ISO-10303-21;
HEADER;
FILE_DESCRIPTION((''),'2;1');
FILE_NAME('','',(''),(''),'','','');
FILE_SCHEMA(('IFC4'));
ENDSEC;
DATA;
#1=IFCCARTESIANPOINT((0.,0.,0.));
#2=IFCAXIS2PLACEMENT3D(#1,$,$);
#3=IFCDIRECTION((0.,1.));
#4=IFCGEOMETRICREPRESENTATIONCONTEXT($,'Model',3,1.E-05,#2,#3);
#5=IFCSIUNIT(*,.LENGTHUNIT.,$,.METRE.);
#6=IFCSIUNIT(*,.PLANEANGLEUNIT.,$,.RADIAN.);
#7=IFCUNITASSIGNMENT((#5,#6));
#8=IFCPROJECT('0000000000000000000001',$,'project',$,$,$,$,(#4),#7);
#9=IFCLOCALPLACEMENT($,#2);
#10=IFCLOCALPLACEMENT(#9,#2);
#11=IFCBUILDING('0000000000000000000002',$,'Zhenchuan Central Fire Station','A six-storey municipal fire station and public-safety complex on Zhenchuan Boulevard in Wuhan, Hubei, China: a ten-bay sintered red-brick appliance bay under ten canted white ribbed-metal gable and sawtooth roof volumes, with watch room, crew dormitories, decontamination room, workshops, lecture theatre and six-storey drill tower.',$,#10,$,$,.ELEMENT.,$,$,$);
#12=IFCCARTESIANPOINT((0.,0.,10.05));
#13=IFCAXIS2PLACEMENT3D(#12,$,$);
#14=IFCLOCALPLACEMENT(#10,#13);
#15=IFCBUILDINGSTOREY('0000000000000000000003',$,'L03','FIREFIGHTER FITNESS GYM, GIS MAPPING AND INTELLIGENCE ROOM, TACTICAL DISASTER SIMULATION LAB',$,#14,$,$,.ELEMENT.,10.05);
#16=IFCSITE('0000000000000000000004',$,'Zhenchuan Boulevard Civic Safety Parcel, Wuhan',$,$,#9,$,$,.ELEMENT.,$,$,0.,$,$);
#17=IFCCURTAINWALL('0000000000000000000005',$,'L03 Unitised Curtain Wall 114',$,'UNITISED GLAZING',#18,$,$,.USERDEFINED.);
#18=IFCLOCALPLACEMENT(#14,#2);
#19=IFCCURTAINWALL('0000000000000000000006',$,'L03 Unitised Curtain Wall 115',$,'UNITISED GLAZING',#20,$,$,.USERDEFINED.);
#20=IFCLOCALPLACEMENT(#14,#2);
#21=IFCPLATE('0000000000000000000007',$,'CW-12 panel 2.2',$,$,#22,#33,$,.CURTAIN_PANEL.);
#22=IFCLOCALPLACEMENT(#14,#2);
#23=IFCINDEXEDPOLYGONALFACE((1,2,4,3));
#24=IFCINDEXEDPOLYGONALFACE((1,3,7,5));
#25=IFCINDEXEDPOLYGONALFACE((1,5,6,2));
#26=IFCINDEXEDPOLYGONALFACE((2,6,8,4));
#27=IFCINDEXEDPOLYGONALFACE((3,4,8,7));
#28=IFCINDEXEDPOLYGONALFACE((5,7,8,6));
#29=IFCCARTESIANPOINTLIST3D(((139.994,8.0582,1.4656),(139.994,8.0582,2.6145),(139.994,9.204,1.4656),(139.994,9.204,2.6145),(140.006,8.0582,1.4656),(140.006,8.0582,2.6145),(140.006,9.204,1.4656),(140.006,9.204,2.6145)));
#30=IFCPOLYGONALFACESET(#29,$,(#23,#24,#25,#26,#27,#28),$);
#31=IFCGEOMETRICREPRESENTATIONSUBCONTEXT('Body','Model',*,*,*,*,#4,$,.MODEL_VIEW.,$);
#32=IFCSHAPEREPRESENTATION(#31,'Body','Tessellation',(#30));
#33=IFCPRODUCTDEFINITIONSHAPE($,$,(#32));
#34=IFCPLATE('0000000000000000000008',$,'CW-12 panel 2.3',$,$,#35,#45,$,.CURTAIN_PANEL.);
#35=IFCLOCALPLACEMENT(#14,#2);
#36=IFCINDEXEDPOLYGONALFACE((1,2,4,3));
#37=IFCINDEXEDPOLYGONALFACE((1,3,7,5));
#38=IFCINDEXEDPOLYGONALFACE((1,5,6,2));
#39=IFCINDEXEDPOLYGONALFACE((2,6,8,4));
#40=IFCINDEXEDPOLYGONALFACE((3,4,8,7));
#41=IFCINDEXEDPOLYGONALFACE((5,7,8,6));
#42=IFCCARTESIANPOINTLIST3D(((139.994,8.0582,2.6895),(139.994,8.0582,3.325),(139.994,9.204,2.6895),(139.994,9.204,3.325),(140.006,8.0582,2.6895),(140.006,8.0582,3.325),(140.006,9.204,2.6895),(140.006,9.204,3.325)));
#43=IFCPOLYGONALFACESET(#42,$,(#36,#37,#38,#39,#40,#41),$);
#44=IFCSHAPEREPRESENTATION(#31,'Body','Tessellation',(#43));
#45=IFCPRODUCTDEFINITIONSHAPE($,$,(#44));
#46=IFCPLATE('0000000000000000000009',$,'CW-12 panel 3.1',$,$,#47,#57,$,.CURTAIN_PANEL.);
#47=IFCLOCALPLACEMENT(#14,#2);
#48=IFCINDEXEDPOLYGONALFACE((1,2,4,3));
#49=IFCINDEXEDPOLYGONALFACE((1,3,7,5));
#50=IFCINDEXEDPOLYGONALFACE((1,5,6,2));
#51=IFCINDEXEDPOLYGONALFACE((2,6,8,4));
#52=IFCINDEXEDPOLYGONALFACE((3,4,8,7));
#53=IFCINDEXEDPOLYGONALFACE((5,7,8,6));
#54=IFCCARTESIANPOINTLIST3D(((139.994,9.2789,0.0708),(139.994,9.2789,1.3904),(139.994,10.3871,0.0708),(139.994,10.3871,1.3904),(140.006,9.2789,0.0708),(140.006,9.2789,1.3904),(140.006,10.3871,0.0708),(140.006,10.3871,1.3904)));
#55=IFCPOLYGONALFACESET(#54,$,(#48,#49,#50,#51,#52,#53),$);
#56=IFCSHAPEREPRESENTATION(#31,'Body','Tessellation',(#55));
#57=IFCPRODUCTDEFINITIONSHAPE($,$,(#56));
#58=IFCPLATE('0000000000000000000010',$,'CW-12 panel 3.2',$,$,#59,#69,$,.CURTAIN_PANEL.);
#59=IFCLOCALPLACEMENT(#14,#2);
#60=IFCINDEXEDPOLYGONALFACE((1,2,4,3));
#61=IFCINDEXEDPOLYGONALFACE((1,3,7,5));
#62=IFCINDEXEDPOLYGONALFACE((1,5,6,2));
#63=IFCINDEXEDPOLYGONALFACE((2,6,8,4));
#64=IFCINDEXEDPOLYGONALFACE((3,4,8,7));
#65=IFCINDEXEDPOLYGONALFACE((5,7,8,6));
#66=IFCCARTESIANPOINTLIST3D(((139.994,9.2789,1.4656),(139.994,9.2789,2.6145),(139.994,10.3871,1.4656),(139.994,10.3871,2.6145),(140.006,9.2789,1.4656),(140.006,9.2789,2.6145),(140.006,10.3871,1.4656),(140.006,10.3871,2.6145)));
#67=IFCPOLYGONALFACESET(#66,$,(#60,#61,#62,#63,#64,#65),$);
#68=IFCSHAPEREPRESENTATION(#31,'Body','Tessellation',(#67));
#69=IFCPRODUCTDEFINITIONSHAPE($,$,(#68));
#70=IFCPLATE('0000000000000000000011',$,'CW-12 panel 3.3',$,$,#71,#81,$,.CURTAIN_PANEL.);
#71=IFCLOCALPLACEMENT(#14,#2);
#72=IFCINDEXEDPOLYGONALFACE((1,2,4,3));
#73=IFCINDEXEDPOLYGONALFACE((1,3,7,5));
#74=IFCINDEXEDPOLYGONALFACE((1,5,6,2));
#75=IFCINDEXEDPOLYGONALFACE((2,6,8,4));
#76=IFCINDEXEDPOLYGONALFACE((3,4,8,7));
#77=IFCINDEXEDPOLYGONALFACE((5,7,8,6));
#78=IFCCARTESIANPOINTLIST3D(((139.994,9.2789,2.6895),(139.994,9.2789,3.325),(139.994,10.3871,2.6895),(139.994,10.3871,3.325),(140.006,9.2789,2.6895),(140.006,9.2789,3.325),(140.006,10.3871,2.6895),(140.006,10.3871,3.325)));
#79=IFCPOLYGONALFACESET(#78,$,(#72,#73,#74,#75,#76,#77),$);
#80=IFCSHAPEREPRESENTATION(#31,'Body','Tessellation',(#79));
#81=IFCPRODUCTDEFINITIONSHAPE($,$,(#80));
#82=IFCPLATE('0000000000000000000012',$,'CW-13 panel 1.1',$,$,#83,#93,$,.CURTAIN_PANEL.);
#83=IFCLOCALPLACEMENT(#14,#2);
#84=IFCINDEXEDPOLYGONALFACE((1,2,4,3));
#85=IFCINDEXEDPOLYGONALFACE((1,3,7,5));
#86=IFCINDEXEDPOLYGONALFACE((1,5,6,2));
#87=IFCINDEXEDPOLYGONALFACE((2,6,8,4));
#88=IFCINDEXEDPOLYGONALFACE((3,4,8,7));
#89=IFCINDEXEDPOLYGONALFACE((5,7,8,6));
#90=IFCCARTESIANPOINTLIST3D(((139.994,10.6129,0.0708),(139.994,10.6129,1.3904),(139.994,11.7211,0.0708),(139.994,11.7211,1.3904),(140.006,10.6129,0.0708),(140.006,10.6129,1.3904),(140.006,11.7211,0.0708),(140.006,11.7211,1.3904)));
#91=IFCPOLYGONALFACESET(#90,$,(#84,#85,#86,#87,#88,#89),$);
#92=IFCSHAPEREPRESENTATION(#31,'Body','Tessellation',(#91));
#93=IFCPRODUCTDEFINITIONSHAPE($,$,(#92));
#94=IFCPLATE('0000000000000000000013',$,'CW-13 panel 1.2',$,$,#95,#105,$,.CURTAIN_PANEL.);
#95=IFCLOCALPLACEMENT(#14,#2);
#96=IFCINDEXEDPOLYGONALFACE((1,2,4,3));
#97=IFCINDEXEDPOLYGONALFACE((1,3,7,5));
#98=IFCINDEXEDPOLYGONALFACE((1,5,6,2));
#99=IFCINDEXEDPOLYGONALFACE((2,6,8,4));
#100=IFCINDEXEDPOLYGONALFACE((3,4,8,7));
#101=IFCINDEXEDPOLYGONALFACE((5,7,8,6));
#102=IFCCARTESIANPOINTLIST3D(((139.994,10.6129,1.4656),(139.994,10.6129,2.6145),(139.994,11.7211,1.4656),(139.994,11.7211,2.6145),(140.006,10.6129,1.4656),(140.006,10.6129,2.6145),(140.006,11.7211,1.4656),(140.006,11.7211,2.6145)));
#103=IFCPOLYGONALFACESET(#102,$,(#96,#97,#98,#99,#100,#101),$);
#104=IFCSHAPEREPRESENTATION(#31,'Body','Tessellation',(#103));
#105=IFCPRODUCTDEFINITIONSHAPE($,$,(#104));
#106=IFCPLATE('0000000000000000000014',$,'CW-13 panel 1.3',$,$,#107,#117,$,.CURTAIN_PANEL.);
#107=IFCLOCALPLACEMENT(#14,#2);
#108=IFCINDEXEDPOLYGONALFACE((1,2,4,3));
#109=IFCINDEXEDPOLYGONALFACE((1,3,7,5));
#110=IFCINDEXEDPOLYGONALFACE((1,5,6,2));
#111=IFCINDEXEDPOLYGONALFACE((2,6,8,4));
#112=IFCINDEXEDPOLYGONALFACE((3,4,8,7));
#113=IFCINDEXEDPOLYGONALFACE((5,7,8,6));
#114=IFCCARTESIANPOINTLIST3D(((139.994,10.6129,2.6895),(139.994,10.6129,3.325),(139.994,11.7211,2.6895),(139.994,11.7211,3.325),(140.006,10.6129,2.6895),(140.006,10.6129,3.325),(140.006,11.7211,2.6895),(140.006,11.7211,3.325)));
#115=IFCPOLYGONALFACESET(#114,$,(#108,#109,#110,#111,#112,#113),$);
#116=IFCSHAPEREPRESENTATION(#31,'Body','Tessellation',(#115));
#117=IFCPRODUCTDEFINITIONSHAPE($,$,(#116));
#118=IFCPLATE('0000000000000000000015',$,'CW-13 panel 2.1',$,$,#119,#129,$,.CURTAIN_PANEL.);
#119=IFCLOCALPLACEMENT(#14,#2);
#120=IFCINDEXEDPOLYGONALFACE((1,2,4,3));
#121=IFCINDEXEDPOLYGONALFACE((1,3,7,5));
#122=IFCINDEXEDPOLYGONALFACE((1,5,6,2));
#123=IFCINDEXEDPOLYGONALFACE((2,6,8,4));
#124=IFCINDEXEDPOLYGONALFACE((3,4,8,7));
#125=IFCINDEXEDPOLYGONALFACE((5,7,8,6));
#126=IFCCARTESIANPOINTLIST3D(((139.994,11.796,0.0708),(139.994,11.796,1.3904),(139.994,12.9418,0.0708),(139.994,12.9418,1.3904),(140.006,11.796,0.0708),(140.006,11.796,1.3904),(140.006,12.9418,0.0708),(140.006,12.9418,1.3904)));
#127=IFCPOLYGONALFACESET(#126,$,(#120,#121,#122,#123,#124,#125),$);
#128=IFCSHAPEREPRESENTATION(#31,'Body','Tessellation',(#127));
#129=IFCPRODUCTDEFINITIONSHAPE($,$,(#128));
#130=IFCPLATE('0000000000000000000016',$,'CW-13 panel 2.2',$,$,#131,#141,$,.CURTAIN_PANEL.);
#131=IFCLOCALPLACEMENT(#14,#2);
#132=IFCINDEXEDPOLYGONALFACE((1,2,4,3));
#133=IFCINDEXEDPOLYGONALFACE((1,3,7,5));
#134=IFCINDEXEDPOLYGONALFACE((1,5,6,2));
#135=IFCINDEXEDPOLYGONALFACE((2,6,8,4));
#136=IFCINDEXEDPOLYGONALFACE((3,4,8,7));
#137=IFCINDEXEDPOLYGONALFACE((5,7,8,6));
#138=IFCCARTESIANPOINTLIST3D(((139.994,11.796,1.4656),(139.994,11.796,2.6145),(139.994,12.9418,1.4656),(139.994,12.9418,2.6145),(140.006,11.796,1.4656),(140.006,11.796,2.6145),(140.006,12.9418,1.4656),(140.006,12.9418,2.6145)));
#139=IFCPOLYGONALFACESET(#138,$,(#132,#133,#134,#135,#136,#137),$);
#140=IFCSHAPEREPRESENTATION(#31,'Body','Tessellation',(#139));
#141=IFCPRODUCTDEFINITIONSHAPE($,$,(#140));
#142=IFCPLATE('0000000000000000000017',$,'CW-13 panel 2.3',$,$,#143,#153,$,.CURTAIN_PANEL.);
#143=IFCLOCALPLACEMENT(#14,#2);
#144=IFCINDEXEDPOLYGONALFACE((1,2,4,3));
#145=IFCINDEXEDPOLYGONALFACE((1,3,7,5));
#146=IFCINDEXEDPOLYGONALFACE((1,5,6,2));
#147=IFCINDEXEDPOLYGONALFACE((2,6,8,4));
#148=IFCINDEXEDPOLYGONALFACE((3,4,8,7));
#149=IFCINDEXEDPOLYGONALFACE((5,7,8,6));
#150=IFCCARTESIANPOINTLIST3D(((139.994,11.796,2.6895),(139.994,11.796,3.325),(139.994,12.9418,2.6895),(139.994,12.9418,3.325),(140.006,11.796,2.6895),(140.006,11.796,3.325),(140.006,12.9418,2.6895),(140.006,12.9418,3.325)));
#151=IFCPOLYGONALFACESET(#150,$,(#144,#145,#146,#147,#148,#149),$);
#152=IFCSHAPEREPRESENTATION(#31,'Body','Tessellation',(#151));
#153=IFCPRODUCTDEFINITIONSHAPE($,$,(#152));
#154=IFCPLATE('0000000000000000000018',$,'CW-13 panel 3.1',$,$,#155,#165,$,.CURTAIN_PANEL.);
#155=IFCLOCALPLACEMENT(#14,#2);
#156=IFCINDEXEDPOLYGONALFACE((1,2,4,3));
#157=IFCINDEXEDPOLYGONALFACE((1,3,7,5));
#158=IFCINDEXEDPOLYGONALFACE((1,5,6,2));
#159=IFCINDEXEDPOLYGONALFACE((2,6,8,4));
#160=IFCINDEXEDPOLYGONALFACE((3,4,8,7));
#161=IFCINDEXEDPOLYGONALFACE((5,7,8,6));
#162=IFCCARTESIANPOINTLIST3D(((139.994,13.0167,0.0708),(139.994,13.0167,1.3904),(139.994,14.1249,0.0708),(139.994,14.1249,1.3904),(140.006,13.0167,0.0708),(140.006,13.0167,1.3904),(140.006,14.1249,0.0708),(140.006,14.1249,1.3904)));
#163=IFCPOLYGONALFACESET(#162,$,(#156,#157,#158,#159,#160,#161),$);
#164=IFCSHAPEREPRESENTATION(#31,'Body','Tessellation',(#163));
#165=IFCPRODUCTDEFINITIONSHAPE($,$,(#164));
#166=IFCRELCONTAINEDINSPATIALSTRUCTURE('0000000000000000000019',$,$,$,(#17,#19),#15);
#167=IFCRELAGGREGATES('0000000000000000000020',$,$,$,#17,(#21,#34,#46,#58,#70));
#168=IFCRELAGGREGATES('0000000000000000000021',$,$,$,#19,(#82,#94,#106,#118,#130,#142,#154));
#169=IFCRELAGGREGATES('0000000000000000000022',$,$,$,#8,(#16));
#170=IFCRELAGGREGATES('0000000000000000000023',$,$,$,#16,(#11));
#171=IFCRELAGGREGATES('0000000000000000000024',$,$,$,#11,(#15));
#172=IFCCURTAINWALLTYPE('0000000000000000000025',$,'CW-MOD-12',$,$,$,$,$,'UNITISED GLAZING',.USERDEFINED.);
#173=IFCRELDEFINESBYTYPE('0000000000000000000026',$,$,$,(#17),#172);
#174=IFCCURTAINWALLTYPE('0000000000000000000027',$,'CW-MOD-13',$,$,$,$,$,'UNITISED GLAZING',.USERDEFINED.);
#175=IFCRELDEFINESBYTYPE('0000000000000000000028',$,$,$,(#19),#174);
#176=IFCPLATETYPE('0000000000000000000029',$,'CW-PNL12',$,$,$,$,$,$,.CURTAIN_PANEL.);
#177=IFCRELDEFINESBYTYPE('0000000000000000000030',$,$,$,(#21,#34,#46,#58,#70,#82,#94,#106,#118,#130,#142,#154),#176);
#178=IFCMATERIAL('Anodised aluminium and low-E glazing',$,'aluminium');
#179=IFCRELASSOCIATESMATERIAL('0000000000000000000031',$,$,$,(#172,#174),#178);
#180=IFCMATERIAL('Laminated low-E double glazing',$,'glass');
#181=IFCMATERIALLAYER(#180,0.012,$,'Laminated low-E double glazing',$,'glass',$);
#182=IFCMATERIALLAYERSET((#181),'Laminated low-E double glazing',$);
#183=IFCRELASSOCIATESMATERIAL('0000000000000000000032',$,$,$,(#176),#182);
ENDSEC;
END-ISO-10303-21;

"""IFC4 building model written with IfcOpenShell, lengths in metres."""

from ifc_helpers import new_model, si_unit, direction, frame, origin, origin_2d, place, context, subcontext, project, spatial, rectangle, extrude, material, layer, layer_set, type_object, element, aggregate, save


model = new_model("IFC4")

# Units and contexts
model_context = context("Model", 3, precision=1e-05, world=origin(), true_north=direction((0.0, 1.0)))
body_context = subcontext(model_context, "Body", "Model", "MODEL_VIEW")
ifc_project = project(units=[si_unit("LENGTHUNIT", "METRE"), si_unit("PLANEANGLEUNIT", "RADIAN")], contexts=[model_context])

# Site, building, storey
site_placement = place(None, origin())
site = spatial("IfcSite", under=ifc_project, at=site_placement, Name="Zhenchuan Boulevard Civic Safety Parcel, Wuhan", CompositionType="ELEMENT", RefElevation=0.0)
building_placement = place(site_placement, origin())
building = spatial("IfcBuilding", under=site, at=building_placement, Name="Zhenchuan Central Fire Station", Description="A six-storey municipal fire station and public-safety complex on Zhenchuan Boulevard in Wuhan, Hubei, China: a ten-bay sintered red-brick appliance bay under ten canted white ribbed-metal gable and sawtooth roof volumes, with watch room, crew dormitories, decontamination room, workshops, lecture theatre and six-storey drill tower.", CompositionType="ELEMENT")
storey_placement = place(building_placement, frame((0.0, 0.0, 10.05)))
storey = spatial("IfcBuildingStorey", under=building, at=storey_placement, Name="L03", Description="FIREFIGHTER FITNESS GYM, GIS MAPPING AND INTELLIGENCE ROOM, TACTICAL DISASTER SIMULATION LAB", CompositionType="ELEMENT", Elevation=10.05)

# Curtain walls
ifc_material_1 = material(Name="Anodised aluminium and low-E glazing", Category="aluminium")
curtain_wall_type_1 = type_object("IfcCurtainWallType", Name="CW-MOD-12", ElementType="UNITISED GLAZING", PredefinedType="USERDEFINED", material=ifc_material_1)
curtain_wall_1_placement = place(storey_placement, origin())
curtain_wall_1 = element("IfcCurtainWall", 1, at=curtain_wall_1_placement, inside=storey, type_object=curtain_wall_type_1, Name="L03 Unitised Curtain Wall 114", ObjectType="UNITISED GLAZING", PredefinedType="USERDEFINED")
curtain_wall_type_2 = type_object("IfcCurtainWallType", Name="CW-MOD-13", ElementType="UNITISED GLAZING", PredefinedType="USERDEFINED", material=ifc_material_1)
curtain_wall_2_placement = place(storey_placement, origin())
curtain_wall_2 = element("IfcCurtainWall", 2, at=curtain_wall_2_placement, inside=storey, type_object=curtain_wall_type_2, Name="L03 Unitised Curtain Wall 115", ObjectType="UNITISED GLAZING", PredefinedType="USERDEFINED")

# Plates
ifc_material_2 = material(Name="Laminated low-E double glazing", Category="glass")
ifc_layer = layer(ifc_material_2, 0.012, Name="Laminated low-E double glazing", Category="glass")
ifc_layer_set = layer_set([ifc_layer], Name="Laminated low-E double glazing")
plate_type = type_object("IfcPlateType", Name="CW-PNL12", PredefinedType="CURTAIN_PANEL", material=ifc_layer_set)
plate_1_placement = place(storey_placement, frame((140.0, 8.6311, 1.4656), z_axis=(0.0, 0.0, 1.0), x_axis=(0.0, 1.0, 0.0)))
plate_1 = element("IfcPlate", 3, at=plate_1_placement, type_object=plate_type, Name="CW-12 panel 2.2", PredefinedType="CURTAIN_PANEL", context=body_context, shape_type="SweptSolid", body=[
    extrude(rectangle(XDim=1.1458, YDim=0.012, at=origin_2d()), origin(), (0.0, 0.0, 1.0), 1.1489),
])
plate_2_placement = place(storey_placement, frame((140.0, 8.6311, 2.6895), z_axis=(0.0, 0.0, 1.0), x_axis=(0.0, 1.0, 0.0)))
plate_2 = element("IfcPlate", 4, at=plate_2_placement, type_object=plate_type, Name="CW-12 panel 2.3", PredefinedType="CURTAIN_PANEL", context=body_context, shape_type="SweptSolid", body=[
    extrude(rectangle(XDim=1.1458, YDim=0.012, at=origin_2d()), origin(), (0.0, 0.0, 1.0), 0.6355),
])
plate_3_placement = place(storey_placement, frame((140.0, 9.833, 0.0708), z_axis=(0.0, 0.0, 1.0), x_axis=(0.0, 1.0, 0.0)))
plate_3 = element("IfcPlate", 5, at=plate_3_placement, type_object=plate_type, Name="CW-12 panel 3.1", PredefinedType="CURTAIN_PANEL", context=body_context, shape_type="SweptSolid", body=[
    extrude(rectangle(XDim=1.1082, YDim=0.012, at=origin_2d()), origin(), (0.0, 0.0, 1.0), 1.3196),
])
plate_4_placement = place(storey_placement, frame((140.0, 9.833, 1.4656), z_axis=(0.0, 0.0, 1.0), x_axis=(0.0, 1.0, 0.0)))
plate_4 = element("IfcPlate", 6, at=plate_4_placement, type_object=plate_type, Name="CW-12 panel 3.2", PredefinedType="CURTAIN_PANEL", context=body_context, shape_type="SweptSolid", body=[
    extrude(rectangle(XDim=1.1082, YDim=0.012, at=origin_2d()), origin(), (0.0, 0.0, 1.0), 1.1489),
])
plate_5_placement = place(storey_placement, frame((140.0, 9.833, 2.6895), z_axis=(0.0, 0.0, 1.0), x_axis=(0.0, 1.0, 0.0)))
plate_5 = element("IfcPlate", 7, at=plate_5_placement, type_object=plate_type, Name="CW-12 panel 3.3", PredefinedType="CURTAIN_PANEL", context=body_context, shape_type="SweptSolid", body=[
    extrude(rectangle(XDim=1.1082, YDim=0.012, at=origin_2d()), origin(), (0.0, 0.0, 1.0), 0.6355),
])
aggregate(curtain_wall_1, [plate_1, plate_2, plate_3, plate_4, plate_5])
plate_6_placement = place(storey_placement, frame((140.0, 11.167, 0.0708), z_axis=(0.0, 0.0, 1.0), x_axis=(0.0, 1.0, 0.0)))
plate_6 = element("IfcPlate", 8, at=plate_6_placement, type_object=plate_type, Name="CW-13 panel 1.1", PredefinedType="CURTAIN_PANEL", context=body_context, shape_type="SweptSolid", body=[
    extrude(rectangle(XDim=1.1082, YDim=0.012, at=origin_2d()), origin(), (0.0, 0.0, 1.0), 1.3196),
])
plate_7_placement = place(storey_placement, frame((140.0, 11.167, 1.4656), z_axis=(0.0, 0.0, 1.0), x_axis=(0.0, 1.0, 0.0)))
plate_7 = element("IfcPlate", 9, at=plate_7_placement, type_object=plate_type, Name="CW-13 panel 1.2", PredefinedType="CURTAIN_PANEL", context=body_context, shape_type="SweptSolid", body=[
    extrude(rectangle(XDim=1.1082, YDim=0.012, at=origin_2d()), origin(), (0.0, 0.0, 1.0), 1.1489),
])
plate_8_placement = place(storey_placement, frame((140.0, 11.167, 2.6895), z_axis=(0.0, 0.0, 1.0), x_axis=(0.0, 1.0, 0.0)))
plate_8 = element("IfcPlate", 10, at=plate_8_placement, type_object=plate_type, Name="CW-13 panel 1.3", PredefinedType="CURTAIN_PANEL", context=body_context, shape_type="SweptSolid", body=[
    extrude(rectangle(XDim=1.1082, YDim=0.012, at=origin_2d()), origin(), (0.0, 0.0, 1.0), 0.6355),
])
plate_9_placement = place(storey_placement, frame((140.0, 12.3689, 0.0708), z_axis=(0.0, 0.0, 1.0), x_axis=(0.0, 1.0, 0.0)))
plate_9 = element("IfcPlate", 11, at=plate_9_placement, type_object=plate_type, Name="CW-13 panel 2.1", PredefinedType="CURTAIN_PANEL", context=body_context, shape_type="SweptSolid", body=[
    extrude(rectangle(XDim=1.1458, YDim=0.012, at=origin_2d()), origin(), (0.0, 0.0, 1.0), 1.3196),
])
plate_10_placement = place(storey_placement, frame((140.0, 12.3689, 1.4656), z_axis=(0.0, 0.0, 1.0), x_axis=(0.0, 1.0, 0.0)))
plate_10 = element("IfcPlate", 12, at=plate_10_placement, type_object=plate_type, Name="CW-13 panel 2.2", PredefinedType="CURTAIN_PANEL", context=body_context, shape_type="SweptSolid", body=[
    extrude(rectangle(XDim=1.1458, YDim=0.012, at=origin_2d()), origin(), (0.0, 0.0, 1.0), 1.1489),
])
plate_11_placement = place(storey_placement, frame((140.0, 12.3689, 2.6895), z_axis=(0.0, 0.0, 1.0), x_axis=(0.0, 1.0, 0.0)))
plate_11 = element("IfcPlate", 13, at=plate_11_placement, type_object=plate_type, Name="CW-13 panel 2.3", PredefinedType="CURTAIN_PANEL", context=body_context, shape_type="SweptSolid", body=[
    extrude(rectangle(XDim=1.1458, YDim=0.012, at=origin_2d()), origin(), (0.0, 0.0, 1.0), 0.6355),
])
plate_12_placement = place(storey_placement, frame((140.0, 13.5708, 0.0708), z_axis=(0.0, 0.0, 1.0), x_axis=(0.0, 1.0, 0.0)))
plate_12 = element("IfcPlate", 14, at=plate_12_placement, type_object=plate_type, Name="CW-13 panel 3.1", PredefinedType="CURTAIN_PANEL", context=body_context, shape_type="SweptSolid", body=[
    extrude(rectangle(XDim=1.1082, YDim=0.012, at=origin_2d()), origin(), (0.0, 0.0, 1.0), 1.3196),
])
aggregate(curtain_wall_2, [plate_6, plate_7, plate_8, plate_9, plate_10, plate_11, plate_12])

save(model, "model.ifc")
